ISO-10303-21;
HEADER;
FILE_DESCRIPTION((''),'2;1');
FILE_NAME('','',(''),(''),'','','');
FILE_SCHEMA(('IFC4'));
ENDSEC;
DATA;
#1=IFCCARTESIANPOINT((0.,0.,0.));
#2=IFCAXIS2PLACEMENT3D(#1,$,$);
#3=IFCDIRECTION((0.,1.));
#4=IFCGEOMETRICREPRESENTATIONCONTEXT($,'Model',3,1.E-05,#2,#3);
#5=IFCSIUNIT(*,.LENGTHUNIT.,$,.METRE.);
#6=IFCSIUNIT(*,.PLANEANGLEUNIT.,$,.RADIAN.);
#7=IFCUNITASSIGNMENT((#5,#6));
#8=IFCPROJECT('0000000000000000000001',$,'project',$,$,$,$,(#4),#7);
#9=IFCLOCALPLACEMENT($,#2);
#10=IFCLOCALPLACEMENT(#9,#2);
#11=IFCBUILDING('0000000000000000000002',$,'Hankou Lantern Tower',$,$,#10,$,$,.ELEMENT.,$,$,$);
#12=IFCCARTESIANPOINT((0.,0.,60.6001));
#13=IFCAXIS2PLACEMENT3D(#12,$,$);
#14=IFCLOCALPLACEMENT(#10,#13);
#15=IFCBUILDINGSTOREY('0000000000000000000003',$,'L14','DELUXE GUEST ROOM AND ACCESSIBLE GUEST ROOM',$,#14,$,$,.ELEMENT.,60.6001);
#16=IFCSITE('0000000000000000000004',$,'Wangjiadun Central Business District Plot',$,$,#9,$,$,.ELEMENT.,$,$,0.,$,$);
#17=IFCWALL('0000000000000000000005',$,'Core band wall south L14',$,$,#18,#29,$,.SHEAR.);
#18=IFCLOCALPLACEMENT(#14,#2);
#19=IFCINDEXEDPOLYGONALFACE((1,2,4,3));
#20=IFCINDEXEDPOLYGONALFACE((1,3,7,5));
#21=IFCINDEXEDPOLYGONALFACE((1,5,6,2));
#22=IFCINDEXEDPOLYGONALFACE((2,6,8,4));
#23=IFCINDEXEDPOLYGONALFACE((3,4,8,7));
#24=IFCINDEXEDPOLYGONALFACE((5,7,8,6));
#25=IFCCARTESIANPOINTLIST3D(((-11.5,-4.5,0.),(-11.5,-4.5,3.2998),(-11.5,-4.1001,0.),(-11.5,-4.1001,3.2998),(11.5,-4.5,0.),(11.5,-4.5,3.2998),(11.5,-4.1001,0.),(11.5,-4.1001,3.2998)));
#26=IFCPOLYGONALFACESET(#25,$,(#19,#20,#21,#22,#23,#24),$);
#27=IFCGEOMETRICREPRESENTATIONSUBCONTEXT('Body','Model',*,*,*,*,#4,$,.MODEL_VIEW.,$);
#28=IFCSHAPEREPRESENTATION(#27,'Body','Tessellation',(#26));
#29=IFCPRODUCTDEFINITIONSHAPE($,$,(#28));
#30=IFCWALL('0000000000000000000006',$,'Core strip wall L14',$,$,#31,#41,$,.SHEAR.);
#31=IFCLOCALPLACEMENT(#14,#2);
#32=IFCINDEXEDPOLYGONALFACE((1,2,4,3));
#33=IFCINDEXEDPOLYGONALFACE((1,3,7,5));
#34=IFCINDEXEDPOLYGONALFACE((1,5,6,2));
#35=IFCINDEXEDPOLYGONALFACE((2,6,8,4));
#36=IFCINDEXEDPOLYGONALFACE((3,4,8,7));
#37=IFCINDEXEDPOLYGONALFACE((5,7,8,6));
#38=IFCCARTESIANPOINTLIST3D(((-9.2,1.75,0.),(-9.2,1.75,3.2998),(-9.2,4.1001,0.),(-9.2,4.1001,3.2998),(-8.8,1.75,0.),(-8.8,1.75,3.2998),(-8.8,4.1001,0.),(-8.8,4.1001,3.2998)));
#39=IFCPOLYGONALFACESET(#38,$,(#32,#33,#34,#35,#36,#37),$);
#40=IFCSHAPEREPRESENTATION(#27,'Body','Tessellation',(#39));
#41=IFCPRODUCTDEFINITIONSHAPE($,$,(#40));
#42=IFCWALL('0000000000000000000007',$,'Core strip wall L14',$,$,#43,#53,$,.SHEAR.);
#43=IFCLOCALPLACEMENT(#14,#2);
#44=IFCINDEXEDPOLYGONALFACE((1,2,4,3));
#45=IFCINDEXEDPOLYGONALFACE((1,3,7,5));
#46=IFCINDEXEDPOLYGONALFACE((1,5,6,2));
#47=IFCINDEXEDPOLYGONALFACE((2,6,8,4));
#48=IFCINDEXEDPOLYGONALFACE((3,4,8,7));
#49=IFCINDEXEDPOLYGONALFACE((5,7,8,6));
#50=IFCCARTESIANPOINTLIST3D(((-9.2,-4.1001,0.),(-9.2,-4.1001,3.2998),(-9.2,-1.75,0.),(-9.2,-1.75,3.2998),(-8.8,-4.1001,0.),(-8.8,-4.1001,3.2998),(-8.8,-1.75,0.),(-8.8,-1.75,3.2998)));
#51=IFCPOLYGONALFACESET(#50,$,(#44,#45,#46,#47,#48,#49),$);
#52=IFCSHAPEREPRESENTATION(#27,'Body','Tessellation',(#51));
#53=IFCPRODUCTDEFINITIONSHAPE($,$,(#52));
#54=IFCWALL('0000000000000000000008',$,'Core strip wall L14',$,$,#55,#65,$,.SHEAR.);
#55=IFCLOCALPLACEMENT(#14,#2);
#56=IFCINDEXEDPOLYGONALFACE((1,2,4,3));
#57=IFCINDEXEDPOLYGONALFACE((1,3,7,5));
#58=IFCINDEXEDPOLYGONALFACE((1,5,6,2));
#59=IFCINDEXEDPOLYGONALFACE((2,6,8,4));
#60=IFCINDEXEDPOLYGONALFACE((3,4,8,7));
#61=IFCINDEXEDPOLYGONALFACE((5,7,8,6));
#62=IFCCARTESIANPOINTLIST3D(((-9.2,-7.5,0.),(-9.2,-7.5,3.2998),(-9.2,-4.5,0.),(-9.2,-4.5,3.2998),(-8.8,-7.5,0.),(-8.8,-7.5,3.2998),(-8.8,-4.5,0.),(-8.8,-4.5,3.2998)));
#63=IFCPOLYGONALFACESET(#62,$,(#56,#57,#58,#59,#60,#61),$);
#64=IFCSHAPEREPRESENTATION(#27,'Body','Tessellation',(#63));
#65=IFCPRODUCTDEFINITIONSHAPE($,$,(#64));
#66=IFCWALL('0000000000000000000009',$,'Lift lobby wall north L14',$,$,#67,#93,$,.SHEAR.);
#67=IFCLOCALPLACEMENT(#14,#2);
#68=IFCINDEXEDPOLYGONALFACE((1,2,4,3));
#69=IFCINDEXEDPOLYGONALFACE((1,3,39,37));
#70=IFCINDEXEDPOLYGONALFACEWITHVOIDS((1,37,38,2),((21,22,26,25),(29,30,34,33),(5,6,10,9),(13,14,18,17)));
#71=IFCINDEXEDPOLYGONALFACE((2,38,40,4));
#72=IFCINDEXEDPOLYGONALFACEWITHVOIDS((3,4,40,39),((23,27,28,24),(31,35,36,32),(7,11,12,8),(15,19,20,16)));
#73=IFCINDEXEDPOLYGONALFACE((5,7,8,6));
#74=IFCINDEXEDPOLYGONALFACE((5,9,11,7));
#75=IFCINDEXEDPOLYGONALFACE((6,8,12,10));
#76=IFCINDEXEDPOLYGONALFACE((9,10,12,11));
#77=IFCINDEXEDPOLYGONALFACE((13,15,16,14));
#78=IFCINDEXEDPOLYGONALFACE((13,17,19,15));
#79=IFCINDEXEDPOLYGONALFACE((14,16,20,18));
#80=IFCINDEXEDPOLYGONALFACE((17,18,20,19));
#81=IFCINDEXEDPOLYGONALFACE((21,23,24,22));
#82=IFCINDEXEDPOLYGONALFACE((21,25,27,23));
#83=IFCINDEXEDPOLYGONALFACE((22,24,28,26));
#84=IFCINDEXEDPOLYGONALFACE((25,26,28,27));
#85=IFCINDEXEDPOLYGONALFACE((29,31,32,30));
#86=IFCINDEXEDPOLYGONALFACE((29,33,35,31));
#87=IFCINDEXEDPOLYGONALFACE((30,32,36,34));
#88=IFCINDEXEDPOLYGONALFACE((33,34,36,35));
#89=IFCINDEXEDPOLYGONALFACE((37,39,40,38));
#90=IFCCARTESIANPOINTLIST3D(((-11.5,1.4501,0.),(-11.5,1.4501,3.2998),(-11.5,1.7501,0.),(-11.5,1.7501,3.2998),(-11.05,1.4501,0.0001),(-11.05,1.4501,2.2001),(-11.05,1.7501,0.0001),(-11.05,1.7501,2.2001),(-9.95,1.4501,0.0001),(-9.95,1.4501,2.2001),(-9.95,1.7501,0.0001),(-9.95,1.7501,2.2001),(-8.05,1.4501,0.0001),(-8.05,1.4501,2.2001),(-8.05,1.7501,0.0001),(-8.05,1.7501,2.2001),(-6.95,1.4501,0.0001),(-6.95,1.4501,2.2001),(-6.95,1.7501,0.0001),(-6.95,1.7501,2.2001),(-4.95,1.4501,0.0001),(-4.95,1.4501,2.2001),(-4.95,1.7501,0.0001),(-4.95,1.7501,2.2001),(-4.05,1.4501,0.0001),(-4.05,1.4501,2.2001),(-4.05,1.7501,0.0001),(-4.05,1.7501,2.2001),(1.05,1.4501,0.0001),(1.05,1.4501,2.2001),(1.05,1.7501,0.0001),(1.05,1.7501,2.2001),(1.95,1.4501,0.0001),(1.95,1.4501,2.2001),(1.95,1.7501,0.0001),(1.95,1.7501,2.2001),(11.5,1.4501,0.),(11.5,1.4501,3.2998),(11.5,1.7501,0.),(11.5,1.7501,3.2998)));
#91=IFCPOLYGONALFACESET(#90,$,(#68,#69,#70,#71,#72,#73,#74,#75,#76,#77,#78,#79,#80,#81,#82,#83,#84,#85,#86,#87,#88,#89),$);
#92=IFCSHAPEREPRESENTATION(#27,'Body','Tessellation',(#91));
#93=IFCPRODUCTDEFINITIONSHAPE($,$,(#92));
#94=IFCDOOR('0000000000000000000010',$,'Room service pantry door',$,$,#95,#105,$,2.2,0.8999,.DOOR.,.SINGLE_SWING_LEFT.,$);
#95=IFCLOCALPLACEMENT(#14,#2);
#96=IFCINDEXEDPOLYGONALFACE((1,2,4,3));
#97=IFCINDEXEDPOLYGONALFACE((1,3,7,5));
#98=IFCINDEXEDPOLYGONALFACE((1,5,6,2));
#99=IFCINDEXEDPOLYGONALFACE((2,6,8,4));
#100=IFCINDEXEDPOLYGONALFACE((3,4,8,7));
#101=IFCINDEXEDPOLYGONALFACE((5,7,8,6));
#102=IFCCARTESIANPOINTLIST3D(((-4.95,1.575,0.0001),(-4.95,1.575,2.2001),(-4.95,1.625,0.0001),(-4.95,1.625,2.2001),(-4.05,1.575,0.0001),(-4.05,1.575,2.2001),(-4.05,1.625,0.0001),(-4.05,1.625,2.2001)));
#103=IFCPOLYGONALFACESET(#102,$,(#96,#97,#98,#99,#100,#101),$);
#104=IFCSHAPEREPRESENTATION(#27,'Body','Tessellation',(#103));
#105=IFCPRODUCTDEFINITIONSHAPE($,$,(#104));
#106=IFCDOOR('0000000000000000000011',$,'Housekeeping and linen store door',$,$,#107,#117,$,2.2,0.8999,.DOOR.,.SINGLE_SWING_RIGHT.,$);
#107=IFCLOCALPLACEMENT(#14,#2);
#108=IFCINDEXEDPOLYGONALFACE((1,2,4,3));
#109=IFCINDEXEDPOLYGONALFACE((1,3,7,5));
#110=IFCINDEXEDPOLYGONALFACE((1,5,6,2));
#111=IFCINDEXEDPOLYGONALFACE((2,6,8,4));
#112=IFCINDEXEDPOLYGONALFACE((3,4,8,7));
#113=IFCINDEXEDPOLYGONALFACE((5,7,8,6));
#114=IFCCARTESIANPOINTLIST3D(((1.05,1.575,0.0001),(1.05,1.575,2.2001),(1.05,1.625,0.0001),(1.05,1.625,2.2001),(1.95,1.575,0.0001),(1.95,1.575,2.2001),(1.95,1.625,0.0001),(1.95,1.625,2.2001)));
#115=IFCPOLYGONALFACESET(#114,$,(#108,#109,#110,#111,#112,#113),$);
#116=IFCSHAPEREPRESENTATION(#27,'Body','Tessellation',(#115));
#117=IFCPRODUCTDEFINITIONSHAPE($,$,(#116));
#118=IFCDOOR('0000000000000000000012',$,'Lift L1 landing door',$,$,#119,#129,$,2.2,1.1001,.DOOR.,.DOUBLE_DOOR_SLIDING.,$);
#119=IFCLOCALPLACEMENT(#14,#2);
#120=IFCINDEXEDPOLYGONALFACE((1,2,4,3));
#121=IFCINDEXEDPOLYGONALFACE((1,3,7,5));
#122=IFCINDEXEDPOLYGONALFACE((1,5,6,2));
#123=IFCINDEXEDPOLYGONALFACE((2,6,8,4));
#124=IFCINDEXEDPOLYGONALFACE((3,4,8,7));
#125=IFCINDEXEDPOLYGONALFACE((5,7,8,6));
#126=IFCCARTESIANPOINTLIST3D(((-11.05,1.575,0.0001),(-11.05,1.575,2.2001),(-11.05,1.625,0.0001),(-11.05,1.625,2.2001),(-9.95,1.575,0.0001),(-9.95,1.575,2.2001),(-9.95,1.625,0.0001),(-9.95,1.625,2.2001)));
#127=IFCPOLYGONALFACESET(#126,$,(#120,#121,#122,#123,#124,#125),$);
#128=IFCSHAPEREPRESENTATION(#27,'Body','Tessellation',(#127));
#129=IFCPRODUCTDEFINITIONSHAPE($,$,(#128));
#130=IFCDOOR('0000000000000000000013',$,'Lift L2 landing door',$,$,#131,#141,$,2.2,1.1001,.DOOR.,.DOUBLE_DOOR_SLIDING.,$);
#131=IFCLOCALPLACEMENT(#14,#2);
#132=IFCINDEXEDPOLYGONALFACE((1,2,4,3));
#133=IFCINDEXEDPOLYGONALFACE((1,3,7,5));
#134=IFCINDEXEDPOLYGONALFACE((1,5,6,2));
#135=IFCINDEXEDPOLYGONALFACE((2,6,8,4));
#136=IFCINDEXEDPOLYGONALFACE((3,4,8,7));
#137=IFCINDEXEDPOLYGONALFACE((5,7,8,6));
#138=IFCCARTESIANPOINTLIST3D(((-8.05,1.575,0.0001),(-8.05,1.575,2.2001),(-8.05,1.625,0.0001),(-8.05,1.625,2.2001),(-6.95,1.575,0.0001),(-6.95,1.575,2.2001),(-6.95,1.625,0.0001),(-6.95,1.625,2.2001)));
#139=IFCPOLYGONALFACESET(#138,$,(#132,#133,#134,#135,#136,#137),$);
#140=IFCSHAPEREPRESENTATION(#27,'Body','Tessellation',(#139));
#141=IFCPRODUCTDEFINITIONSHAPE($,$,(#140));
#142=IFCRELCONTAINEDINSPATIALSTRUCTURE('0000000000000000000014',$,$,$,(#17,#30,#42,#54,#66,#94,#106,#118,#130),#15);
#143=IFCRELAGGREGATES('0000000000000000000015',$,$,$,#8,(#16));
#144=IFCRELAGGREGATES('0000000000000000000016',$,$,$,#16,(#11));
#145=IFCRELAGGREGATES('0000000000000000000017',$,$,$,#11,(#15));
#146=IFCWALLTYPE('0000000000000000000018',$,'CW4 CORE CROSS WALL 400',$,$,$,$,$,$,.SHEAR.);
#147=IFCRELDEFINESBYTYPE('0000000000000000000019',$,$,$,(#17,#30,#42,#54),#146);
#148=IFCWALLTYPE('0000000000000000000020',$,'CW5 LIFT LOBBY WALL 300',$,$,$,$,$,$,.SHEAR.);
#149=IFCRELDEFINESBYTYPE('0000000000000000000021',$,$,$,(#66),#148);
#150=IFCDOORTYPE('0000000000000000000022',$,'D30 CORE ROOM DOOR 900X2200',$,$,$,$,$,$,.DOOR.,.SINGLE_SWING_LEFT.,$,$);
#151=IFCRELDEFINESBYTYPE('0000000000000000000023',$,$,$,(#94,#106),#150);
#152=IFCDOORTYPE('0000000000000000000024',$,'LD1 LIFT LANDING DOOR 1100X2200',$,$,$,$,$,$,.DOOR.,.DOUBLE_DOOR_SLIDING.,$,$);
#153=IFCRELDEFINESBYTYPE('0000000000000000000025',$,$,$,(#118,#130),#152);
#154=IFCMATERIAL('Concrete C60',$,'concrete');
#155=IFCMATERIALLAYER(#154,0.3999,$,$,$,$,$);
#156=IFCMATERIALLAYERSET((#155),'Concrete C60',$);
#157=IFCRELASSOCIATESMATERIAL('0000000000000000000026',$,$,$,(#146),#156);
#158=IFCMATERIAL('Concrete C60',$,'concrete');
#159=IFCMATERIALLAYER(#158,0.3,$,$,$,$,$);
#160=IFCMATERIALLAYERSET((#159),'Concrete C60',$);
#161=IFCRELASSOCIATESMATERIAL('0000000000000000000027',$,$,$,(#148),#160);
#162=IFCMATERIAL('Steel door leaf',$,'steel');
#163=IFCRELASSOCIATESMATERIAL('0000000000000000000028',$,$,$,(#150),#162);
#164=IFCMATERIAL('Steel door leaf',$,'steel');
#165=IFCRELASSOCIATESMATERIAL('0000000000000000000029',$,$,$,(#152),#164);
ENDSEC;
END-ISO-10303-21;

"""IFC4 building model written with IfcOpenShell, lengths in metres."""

from ifc_helpers import new_model, si_unit, direction, frame, frame_2d, origin, place, context, subcontext, project, spatial, rectangle, extrude, material, layer, layer_set, type_object, element, fill, save


model = new_model("IFC4")

# Units and contexts
model_context = context("Model", 3, precision=1e-05, world=origin(), true_north=direction((0.0, 1.0)))
body_context = subcontext(model_context, "Body", "Model", "MODEL_VIEW")
ifc_project = project(units=[si_unit("LENGTHUNIT", "METRE"), si_unit("PLANEANGLEUNIT", "RADIAN")], contexts=[model_context])

# Site, building, storey
site_placement = place(None, origin())
site = spatial("IfcSite", under=ifc_project, at=site_placement, Name="Wangjiadun Central Business District Plot", CompositionType="ELEMENT", RefElevation=0.0)
building_placement = place(site_placement, origin())
building = spatial("IfcBuilding", under=site, at=building_placement, Name="Hankou Lantern Tower", CompositionType="ELEMENT")
storey_placement = place(building_placement, frame((0.0, 0.0, 60.6001)))
storey = spatial("IfcBuildingStorey", under=building, at=storey_placement, Name="L14", Description="DELUXE GUEST ROOM AND ACCESSIBLE GUEST ROOM", CompositionType="ELEMENT", Elevation=60.6001)

# Walls
ifc_material_1 = material(Name="Concrete C60", Category="concrete")
ifc_layer_1 = layer(ifc_material_1, 0.3999)
ifc_layer_set_1 = layer_set([ifc_layer_1], Name="Concrete C60")
wall_type_1 = type_object("IfcWallType", Name="CW4 CORE CROSS WALL 400", PredefinedType="SHEAR", material=ifc_layer_set_1)
wall_1_placement = place(storey_placement, frame((-11.5, -4.3, 0.0), z_axis=(0.0, 0.0, 1.0), x_axis=(1.0, 0.0, 0.0)))
element("IfcWall", 1, at=wall_1_placement, inside=storey, type_object=wall_type_1, Name="Core band wall south L14", PredefinedType="SHEAR", context=body_context, shape_type="SweptSolid", body=[
    extrude(rectangle(XDim=23.0, YDim=0.3999, at=frame_2d((11.5, 0.0))), origin(), (0.0, 0.0, 1.0), 3.2998),
])
for number, where, z_axis, x_axis, name in (
    (2, (-9.0, 1.75, 0.0), (0.0, 0.0, 1.0), (0.0, 1.0, 0.0), "Core strip wall L14"),
    (3, (-9.0, -4.1001, 0.0), (0.0, 0.0, 1.0), (0.0, 1.0, 0.0), "Core strip wall L14"),
):
    element("IfcWall", number, at=place(storey_placement, frame(where, z_axis=z_axis, x_axis=x_axis)), inside=storey, type_object=wall_type_1, Name=name, PredefinedType="SHEAR", context=body_context, shape_type="SweptSolid", body=[
        extrude(rectangle(XDim=2.3501, YDim=0.3999, at=frame_2d((1.175, 0.0))), origin(), (0.0, 0.0, 1.0), 3.2998),
    ])
wall_2_placement = place(storey_placement, frame((-9.0, -7.5, 0.0), z_axis=(0.0, 0.0, 1.0), x_axis=(0.0, 1.0, 0.0)))
element("IfcWall", 4, at=wall_2_placement, inside=storey, type_object=wall_type_1, Name="Core strip wall L14", PredefinedType="SHEAR", context=body_context, shape_type="SweptSolid", body=[
    extrude(rectangle(XDim=3.0, YDim=0.3999, at=frame_2d((1.5, 0.0))), origin(), (0.0, 0.0, 1.0), 3.2998),
])

# Wall, openings, doors
ifc_material_2 = material(Name="Concrete C60", Category="concrete")
ifc_layer_2 = layer(ifc_material_2, 0.3)
ifc_layer_set_2 = layer_set([ifc_layer_2], Name="Concrete C60")
wall_type_2 = type_object("IfcWallType", Name="CW5 LIFT LOBBY WALL 300", PredefinedType="SHEAR", material=ifc_layer_set_2)
wall_3_placement = place(storey_placement, frame((-11.5, 1.6001, 0.0), z_axis=(0.0, 0.0, 1.0), x_axis=(1.0, 0.0, 0.0)))
wall_3 = element("IfcWall", 5, at=wall_3_placement, inside=storey, type_object=wall_type_2, Name="Lift lobby wall north L14", PredefinedType="SHEAR", context=body_context, shape_type="SweptSolid", body=[
    extrude(rectangle(XDim=23.0, YDim=0.3, at=frame_2d((11.5, 0.0))), origin(), (0.0, 0.0, 1.0), 3.2998),
])
opening_1_placement = place(wall_3_placement, frame((0.45, 0.0, 0.0)))
opening_1 = element("IfcOpeningElement", 6, at=opening_1_placement, cuts=wall_3, PredefinedType="OPENING", context=body_context, shape_type="SweptSolid", body=[
    extrude(rectangle(XDim=1.1001, YDim=2.2, at=frame_2d((0.55, 1.1001))), frame((0.0, 0.1599, 0.0), z_axis=(0.0, -1.0, 0.0), x_axis=(1.0, 0.0, 0.0)), (0.0, 0.0, 1.0), 0.3201),
])
opening_2_placement = place(wall_3_placement, frame((3.45, 0.0, 0.0)))
opening_2 = element("IfcOpeningElement", 7, at=opening_2_placement, cuts=wall_3, PredefinedType="OPENING", context=body_context, shape_type="SweptSolid", body=[
    extrude(rectangle(XDim=1.1001, YDim=2.2, at=frame_2d((0.55, 1.1001))), frame((0.0, 0.1599, 0.0), z_axis=(0.0, -1.0, 0.0), x_axis=(1.0, 0.0, 0.0)), (0.0, 0.0, 1.0), 0.3201),
])
opening_3_placement = place(wall_3_placement, frame((6.55, 0.0, 0.0)))
opening_3 = element("IfcOpeningElement", 8, at=opening_3_placement, cuts=wall_3, PredefinedType="OPENING", context=body_context, shape_type="SweptSolid", body=[
    extrude(rectangle(XDim=0.8999, YDim=2.2, at=frame_2d((0.45, 1.1001))), frame((0.0, 0.1599, 0.0), z_axis=(0.0, -1.0, 0.0), x_axis=(1.0, 0.0, 0.0)), (0.0, 0.0, 1.0), 0.3201),
])
opening_4_placement = place(wall_3_placement, frame((12.55, 0.0, 0.0)))
opening_4 = element("IfcOpeningElement", 9, at=opening_4_placement, cuts=wall_3, PredefinedType="OPENING", context=body_context, shape_type="SweptSolid", body=[
    extrude(rectangle(XDim=0.8999, YDim=2.2, at=frame_2d((0.45, 1.1001))), frame((0.0, 0.1599, 0.0), z_axis=(0.0, -1.0, 0.0), x_axis=(1.0, 0.0, 0.0)), (0.0, 0.0, 1.0), 0.3201),
])
ifc_material_3 = material(Name="Steel door leaf", Category="steel")
door_type_1 = type_object("IfcDoorType", Name="D30 CORE ROOM DOOR 900X2200", OperationType="SINGLE_SWING_LEFT", PredefinedType="DOOR", material=ifc_material_3)
door_1_placement = place(opening_3_placement, origin())
door_1 = element("IfcDoor", 10, at=door_1_placement, inside=storey, type_object=door_type_1, Name="Room service pantry door", OperationType="SINGLE_SWING_LEFT", OverallHeight=2.2, OverallWidth=0.8999, PredefinedType="DOOR", context=body_context, shape_type="SweptSolid", body=[
    extrude(rectangle(XDim=0.8999, YDim=2.2, at=frame_2d((0.45, 1.1001))), frame((0.0, 0.0249, 0.0), z_axis=(0.0, -1.0, 0.0), x_axis=(1.0, 0.0, 0.0)), (0.0, 0.0, 1.0), 0.05),
])
fill(opening_3, door_1)
door_2_placement = place(opening_4_placement, origin())
door_2 = element("IfcDoor", 11, at=door_2_placement, inside=storey, type_object=door_type_1, Name="Housekeeping and linen store door", OperationType="SINGLE_SWING_RIGHT", OverallHeight=2.2, OverallWidth=0.8999, PredefinedType="DOOR", context=body_context, shape_type="SweptSolid", body=[
    extrude(rectangle(XDim=0.8999, YDim=2.2, at=frame_2d((0.45, 1.1001))), frame((0.0, 0.0249, 0.0), z_axis=(0.0, -1.0, 0.0), x_axis=(1.0, 0.0, 0.0)), (0.0, 0.0, 1.0), 0.05),
])
fill(opening_4, door_2)
ifc_material_4 = material(Name="Steel door leaf", Category="steel")
door_type_2 = type_object("IfcDoorType", Name="LD1 LIFT LANDING DOOR 1100X2200", OperationType="DOUBLE_DOOR_SLIDING", PredefinedType="DOOR", material=ifc_material_4)
door_3_placement = place(opening_1_placement, origin())
door_3 = element("IfcDoor", 12, at=door_3_placement, inside=storey, type_object=door_type_2, Name="Lift L1 landing door", OperationType="DOUBLE_DOOR_SLIDING", OverallHeight=2.2, OverallWidth=1.1001, PredefinedType="DOOR", context=body_context, shape_type="SweptSolid", body=[
    extrude(rectangle(XDim=1.1001, YDim=2.2, at=frame_2d((0.55, 1.1001))), frame((0.0, 0.0249, 0.0), z_axis=(0.0, -1.0, 0.0), x_axis=(1.0, 0.0, 0.0)), (0.0, 0.0, 1.0), 0.05),
])
fill(opening_1, door_3)
door_4_placement = place(opening_2_placement, origin())
door_4 = element("IfcDoor", 13, at=door_4_placement, inside=storey, type_object=door_type_2, Name="Lift L2 landing door", OperationType="DOUBLE_DOOR_SLIDING", OverallHeight=2.2, OverallWidth=1.1001, PredefinedType="DOOR", context=body_context, shape_type="SweptSolid", body=[
    extrude(rectangle(XDim=1.1001, YDim=2.2, at=frame_2d((0.55, 1.1001))), frame((0.0, 0.0249, 0.0), z_axis=(0.0, -1.0, 0.0), x_axis=(1.0, 0.0, 0.0)), (0.0, 0.0, 1.0), 0.05),
])
fill(opening_2, door_4)

save(model, "model.ifc")
